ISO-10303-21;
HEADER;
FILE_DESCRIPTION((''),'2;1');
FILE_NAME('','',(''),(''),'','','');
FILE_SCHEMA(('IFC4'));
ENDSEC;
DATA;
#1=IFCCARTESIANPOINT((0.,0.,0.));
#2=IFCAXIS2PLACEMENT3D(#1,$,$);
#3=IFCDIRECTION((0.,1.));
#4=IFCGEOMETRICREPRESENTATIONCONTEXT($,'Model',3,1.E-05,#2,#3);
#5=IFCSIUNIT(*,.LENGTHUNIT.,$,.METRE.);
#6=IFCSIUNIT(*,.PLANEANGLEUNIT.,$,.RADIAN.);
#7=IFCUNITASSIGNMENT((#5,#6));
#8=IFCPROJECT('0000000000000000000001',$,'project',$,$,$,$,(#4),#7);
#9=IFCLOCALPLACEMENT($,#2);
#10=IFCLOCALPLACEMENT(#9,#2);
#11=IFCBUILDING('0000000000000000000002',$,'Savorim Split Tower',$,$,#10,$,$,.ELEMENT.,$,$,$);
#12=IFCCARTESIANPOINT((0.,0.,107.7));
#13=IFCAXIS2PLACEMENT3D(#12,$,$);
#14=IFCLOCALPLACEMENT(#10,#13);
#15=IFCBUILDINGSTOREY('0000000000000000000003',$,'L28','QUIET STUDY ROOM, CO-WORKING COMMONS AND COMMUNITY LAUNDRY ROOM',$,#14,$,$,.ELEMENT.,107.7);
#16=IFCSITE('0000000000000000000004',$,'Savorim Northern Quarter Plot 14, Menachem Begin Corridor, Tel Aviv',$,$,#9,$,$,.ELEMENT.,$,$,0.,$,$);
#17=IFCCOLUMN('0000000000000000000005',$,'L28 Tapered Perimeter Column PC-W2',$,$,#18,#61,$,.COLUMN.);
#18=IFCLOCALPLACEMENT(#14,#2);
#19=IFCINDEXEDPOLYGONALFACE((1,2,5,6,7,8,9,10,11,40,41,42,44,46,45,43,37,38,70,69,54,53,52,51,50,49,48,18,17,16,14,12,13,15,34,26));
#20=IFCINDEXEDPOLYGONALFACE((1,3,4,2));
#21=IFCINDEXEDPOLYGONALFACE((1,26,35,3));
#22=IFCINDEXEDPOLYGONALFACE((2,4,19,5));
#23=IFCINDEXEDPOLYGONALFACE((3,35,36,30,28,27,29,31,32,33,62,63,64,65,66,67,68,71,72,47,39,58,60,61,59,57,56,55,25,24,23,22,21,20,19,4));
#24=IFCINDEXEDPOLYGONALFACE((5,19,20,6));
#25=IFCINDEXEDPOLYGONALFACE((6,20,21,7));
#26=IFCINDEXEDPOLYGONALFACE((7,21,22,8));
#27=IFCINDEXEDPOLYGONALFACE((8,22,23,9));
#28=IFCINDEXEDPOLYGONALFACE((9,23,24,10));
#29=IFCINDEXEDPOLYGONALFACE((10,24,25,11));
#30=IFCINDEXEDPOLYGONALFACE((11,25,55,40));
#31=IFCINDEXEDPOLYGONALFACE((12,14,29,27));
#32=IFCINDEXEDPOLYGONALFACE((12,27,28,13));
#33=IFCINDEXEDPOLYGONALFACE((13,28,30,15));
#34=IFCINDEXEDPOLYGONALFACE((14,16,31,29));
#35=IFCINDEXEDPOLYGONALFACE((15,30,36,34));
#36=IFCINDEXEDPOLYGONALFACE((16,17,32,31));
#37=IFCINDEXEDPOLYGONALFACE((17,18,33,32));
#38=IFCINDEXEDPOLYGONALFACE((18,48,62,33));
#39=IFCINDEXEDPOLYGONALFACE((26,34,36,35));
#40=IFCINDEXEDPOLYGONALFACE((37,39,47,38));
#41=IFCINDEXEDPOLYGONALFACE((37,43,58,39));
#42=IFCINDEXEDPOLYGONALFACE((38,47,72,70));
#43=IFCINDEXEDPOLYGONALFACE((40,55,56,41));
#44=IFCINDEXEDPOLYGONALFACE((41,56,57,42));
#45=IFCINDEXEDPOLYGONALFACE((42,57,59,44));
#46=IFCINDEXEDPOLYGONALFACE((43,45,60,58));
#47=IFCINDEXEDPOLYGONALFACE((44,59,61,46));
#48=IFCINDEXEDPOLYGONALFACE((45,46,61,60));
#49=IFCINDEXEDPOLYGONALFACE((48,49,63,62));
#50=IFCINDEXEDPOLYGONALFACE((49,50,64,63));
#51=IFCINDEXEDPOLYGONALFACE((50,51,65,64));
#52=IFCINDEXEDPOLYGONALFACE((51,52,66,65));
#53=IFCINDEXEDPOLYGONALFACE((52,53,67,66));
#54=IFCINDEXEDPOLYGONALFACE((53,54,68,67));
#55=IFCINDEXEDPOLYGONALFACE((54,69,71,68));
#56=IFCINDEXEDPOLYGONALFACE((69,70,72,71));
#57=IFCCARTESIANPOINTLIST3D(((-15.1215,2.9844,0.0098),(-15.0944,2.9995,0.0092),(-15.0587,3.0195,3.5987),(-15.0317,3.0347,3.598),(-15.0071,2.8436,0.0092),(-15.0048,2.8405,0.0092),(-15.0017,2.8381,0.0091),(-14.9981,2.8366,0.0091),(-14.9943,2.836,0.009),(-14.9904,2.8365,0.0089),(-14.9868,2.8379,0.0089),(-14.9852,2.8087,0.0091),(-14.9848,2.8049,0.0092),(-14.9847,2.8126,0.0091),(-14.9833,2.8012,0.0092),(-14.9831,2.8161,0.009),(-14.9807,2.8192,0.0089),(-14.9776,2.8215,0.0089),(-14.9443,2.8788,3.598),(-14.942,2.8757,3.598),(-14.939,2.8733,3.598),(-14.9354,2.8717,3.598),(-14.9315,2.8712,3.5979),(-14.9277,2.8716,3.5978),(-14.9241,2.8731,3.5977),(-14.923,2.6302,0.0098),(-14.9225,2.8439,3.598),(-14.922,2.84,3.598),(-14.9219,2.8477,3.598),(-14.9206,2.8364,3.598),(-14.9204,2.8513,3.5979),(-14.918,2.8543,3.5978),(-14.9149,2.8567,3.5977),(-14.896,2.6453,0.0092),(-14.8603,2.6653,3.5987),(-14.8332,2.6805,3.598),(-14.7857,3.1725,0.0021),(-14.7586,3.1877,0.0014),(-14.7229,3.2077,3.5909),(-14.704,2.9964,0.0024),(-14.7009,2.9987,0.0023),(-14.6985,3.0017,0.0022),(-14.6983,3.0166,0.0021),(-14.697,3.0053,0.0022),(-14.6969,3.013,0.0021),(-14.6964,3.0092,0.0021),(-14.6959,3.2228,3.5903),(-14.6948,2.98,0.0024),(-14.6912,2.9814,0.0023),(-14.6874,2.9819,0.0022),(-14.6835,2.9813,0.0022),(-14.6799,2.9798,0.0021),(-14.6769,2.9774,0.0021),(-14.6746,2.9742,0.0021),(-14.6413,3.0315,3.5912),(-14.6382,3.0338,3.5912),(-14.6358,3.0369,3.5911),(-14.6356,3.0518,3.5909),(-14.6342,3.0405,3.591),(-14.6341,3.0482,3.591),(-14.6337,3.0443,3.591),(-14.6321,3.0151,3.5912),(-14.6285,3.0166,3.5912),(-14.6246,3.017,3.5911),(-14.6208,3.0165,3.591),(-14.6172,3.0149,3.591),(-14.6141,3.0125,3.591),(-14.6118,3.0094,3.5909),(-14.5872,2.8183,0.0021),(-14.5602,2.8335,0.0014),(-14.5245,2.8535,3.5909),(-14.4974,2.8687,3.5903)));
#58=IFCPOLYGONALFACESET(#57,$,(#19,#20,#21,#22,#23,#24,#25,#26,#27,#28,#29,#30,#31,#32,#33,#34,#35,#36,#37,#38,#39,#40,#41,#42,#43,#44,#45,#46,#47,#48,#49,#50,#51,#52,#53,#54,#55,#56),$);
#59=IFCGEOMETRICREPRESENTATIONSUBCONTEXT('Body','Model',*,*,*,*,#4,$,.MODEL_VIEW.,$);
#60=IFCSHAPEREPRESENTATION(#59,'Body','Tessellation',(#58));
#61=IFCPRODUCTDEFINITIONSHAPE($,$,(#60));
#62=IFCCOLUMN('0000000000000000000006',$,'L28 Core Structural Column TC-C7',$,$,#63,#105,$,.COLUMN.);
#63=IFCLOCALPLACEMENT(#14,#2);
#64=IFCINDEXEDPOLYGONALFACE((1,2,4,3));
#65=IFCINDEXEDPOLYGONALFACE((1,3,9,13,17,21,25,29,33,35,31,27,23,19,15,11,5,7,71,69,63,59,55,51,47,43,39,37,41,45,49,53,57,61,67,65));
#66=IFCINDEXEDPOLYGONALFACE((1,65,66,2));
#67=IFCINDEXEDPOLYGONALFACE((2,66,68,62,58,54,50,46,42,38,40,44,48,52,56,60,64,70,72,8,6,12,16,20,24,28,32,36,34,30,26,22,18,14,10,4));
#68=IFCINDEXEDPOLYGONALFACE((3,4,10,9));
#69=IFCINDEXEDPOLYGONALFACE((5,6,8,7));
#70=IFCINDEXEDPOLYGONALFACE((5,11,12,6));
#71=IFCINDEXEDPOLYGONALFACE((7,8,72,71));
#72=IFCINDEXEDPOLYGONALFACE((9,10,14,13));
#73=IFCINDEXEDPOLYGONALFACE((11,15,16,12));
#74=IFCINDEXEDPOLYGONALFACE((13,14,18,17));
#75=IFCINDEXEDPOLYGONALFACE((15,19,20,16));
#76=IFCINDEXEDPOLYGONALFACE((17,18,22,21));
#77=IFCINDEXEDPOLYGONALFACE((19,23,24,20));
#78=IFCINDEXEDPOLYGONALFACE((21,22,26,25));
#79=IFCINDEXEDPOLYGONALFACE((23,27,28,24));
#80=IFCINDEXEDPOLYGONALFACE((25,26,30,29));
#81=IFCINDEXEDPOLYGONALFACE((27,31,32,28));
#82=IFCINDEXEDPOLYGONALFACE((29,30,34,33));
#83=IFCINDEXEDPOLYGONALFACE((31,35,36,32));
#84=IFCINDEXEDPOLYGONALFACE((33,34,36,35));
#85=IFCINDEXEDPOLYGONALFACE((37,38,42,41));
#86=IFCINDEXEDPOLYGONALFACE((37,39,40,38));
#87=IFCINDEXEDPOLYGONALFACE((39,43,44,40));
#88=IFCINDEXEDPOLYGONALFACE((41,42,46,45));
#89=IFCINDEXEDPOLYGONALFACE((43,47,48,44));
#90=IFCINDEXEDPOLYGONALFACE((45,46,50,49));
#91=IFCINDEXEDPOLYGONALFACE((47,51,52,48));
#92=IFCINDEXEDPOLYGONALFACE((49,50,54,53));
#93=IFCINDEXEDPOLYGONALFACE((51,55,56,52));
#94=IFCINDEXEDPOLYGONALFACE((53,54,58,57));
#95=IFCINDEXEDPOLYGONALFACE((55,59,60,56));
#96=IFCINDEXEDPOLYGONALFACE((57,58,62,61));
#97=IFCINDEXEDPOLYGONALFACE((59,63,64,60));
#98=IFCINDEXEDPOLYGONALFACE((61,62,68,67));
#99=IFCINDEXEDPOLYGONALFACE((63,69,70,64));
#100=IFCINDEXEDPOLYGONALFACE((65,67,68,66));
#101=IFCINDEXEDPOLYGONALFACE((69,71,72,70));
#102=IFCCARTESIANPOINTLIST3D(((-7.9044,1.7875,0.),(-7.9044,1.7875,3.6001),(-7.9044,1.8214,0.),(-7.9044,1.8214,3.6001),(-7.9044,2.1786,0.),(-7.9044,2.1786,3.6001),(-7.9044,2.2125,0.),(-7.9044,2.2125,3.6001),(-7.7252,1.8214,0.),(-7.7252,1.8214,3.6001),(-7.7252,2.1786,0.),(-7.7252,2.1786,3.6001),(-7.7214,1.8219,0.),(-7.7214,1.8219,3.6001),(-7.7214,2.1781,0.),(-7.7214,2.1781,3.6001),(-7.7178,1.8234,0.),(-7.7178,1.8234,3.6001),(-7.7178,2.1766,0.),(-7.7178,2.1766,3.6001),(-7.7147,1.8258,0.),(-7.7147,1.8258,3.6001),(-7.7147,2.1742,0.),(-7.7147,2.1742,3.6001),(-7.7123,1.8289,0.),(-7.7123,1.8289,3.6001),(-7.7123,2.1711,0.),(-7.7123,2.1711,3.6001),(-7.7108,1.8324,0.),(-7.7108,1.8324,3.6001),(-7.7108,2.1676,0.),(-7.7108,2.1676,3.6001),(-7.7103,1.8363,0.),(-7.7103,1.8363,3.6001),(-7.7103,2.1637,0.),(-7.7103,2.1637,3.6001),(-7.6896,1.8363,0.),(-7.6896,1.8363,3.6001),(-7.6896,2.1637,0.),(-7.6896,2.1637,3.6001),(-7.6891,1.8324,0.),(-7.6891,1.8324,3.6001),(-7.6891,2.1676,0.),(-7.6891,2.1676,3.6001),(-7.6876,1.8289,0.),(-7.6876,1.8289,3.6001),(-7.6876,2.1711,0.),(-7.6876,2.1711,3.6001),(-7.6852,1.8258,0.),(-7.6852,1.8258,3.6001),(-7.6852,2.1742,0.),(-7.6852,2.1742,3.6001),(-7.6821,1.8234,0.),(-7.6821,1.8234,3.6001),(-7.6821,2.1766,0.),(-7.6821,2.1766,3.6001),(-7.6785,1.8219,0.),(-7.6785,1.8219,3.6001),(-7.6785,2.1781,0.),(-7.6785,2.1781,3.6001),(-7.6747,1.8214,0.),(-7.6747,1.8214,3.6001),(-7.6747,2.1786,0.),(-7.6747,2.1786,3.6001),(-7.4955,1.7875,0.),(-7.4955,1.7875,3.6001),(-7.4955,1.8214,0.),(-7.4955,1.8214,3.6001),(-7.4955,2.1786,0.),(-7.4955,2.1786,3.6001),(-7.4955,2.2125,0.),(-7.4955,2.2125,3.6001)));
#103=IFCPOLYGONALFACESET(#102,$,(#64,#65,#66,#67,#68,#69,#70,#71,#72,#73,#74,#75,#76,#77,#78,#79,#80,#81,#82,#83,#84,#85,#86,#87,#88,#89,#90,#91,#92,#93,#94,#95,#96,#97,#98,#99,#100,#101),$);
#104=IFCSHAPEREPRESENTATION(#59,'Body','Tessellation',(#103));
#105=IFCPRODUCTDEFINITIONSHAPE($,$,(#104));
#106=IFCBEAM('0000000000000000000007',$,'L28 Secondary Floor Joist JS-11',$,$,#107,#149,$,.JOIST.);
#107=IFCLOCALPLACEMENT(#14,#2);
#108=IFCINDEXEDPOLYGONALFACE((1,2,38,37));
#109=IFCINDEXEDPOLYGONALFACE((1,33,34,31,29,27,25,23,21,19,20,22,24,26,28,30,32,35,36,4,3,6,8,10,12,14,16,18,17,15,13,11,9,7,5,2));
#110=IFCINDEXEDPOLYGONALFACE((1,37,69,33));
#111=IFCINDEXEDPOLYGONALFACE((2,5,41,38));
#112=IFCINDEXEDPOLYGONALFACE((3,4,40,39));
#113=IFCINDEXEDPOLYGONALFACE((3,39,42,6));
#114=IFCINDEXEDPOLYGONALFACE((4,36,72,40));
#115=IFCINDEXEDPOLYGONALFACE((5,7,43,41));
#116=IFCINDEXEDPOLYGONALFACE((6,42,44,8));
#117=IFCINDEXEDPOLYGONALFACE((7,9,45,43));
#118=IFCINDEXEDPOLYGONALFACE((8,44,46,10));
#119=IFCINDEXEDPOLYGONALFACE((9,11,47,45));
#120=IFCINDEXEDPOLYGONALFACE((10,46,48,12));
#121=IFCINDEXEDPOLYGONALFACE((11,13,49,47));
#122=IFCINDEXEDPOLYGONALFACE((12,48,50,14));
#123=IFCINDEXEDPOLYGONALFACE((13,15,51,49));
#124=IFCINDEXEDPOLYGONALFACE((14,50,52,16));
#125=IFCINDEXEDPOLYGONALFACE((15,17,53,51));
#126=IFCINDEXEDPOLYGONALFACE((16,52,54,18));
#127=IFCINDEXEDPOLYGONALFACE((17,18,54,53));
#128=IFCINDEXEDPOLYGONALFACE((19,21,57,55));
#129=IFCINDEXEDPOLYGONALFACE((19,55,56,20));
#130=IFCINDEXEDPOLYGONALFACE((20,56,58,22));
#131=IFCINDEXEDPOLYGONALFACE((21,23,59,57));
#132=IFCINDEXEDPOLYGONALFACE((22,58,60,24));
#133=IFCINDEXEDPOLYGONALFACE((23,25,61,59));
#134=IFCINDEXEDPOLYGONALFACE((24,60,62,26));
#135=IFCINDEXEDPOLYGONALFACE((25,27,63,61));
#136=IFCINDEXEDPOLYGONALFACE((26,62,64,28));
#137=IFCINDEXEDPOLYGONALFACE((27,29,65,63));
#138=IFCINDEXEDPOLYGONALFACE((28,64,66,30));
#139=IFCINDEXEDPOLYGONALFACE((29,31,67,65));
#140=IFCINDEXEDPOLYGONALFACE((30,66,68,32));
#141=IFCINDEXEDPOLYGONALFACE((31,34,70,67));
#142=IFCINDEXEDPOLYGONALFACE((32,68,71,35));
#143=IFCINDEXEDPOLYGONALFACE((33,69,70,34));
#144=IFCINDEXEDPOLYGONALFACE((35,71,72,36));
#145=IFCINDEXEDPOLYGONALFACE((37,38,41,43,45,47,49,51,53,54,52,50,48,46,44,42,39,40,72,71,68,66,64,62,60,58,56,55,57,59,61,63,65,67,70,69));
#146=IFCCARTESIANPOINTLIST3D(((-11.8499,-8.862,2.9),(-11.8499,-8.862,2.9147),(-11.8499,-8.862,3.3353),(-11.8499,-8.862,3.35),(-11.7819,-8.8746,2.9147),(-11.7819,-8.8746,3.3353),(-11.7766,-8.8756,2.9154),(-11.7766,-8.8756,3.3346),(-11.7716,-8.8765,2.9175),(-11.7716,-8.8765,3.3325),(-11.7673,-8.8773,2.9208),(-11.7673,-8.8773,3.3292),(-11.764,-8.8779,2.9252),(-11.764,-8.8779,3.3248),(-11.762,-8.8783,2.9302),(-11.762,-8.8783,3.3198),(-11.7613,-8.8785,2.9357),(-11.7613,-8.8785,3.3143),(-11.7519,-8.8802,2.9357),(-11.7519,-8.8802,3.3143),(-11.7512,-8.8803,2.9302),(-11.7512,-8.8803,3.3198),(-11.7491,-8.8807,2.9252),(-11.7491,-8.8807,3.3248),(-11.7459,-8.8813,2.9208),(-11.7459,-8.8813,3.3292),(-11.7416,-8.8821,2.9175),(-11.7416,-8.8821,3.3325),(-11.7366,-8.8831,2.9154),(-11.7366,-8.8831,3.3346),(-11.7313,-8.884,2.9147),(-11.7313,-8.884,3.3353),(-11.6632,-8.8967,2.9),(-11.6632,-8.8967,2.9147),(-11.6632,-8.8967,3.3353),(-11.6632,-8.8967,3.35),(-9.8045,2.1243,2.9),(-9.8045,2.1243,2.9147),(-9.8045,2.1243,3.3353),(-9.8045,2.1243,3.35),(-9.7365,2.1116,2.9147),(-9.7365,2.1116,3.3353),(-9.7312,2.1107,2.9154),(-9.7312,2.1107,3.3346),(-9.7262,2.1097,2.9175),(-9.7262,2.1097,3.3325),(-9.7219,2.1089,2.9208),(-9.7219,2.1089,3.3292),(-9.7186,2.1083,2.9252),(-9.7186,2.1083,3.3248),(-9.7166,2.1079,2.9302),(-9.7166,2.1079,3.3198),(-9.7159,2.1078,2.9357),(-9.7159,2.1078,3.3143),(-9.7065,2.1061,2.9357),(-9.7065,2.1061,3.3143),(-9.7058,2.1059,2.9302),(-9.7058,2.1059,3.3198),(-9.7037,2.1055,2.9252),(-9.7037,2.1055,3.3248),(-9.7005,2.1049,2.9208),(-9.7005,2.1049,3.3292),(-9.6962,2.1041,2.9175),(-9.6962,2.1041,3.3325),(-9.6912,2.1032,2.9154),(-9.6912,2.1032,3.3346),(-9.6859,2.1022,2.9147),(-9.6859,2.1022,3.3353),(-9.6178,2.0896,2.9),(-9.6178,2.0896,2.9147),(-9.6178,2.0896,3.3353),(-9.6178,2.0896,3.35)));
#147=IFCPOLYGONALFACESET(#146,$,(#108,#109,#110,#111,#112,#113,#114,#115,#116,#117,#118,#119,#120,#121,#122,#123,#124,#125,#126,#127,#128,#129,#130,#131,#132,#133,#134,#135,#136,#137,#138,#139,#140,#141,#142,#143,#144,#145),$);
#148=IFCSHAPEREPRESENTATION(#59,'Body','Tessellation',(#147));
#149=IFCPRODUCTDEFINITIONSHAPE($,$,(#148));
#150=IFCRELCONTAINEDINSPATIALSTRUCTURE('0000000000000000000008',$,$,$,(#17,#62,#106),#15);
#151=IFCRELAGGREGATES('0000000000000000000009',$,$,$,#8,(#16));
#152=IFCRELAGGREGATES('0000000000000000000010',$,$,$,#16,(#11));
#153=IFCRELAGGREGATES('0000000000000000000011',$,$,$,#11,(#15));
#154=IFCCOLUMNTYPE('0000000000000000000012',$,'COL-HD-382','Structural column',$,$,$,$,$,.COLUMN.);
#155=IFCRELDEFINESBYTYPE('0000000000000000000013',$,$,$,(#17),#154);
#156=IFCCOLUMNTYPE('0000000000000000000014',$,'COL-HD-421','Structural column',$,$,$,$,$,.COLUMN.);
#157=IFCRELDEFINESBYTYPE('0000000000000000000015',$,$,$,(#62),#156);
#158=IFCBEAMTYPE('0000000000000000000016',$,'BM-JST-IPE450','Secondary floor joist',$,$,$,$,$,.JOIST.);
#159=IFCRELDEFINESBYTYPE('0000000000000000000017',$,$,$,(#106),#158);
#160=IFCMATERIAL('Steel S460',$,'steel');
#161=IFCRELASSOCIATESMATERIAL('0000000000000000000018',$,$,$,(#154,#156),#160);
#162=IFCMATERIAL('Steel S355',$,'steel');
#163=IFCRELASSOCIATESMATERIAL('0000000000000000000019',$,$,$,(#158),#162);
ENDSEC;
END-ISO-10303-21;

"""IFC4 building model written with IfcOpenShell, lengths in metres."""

from ifc_helpers import new_model, si_unit, direction, frame, origin, origin_2d, place, context, subcontext, project, spatial, i_section, extrude, material, material_profile, profile_set, type_object, element, save


model = new_model("IFC4")

# Units and contexts
model_context = context("Model", 3, precision=1e-05, world=origin(), true_north=direction((0.0, 1.0)))
body_context = subcontext(model_context, "Body", "Model", "MODEL_VIEW")
ifc_project = project(units=[si_unit("LENGTHUNIT", "METRE"), si_unit("PLANEANGLEUNIT", "RADIAN")], contexts=[model_context])

# Site, building, storey
site_placement = place(None, origin())
site = spatial("IfcSite", under=ifc_project, at=site_placement, Name="Savorim Northern Quarter Plot 14, Menachem Begin Corridor, Tel Aviv", CompositionType="ELEMENT", RefElevation=0.0)
building_placement = place(site_placement, origin())
building = spatial("IfcBuilding", under=site, at=building_placement, Name="Savorim Split Tower", CompositionType="ELEMENT")
storey_placement = place(building_placement, frame((0.0, 0.0, 107.7)))
storey = spatial("IfcBuildingStorey", under=building, at=storey_placement, Name="L28", Description="QUIET STUDY ROOM, CO-WORKING COMMONS AND COMMUNITY LAUNDRY ROOM", CompositionType="ELEMENT", Elevation=107.7)

# Columns
ifc_material_1 = material(Name="Steel S460", Category="steel")
ifc_material_profile_1 = material_profile(ifc_material_1, i_section(OverallWidth=0.406, OverallDepth=0.416, WebThickness=0.0188, FlangeThickness=0.031, FilletRadius=0.0149, at=origin_2d()), Name="HD 400x382")
ifc_profile_set_1 = profile_set([ifc_material_profile_1], Name="Steel S460")
column_type_1 = type_object("IfcColumnType", Name="COL-HD-382", Description="Structural column", PredefinedType="COLUMN", material=ifc_profile_set_1)
column_1_placement = place(storey_placement, frame((-14.8408, 2.9089, 0.0056), z_axis=(0.017479, 0.009794, 0.999799), x_axis=(-0.48881, 0.87239, 0.0)))
element("IfcColumn", 1, at=column_1_placement, inside=storey, type_object=column_type_1, Name="L28 Tapered Perimeter Column PC-W2", PredefinedType="COLUMN", context=body_context, shape_type="SweptSolid", body=[
    extrude(i_section(OverallWidth=0.406, OverallDepth=0.416, WebThickness=0.0188, FlangeThickness=0.031, FilletRadius=0.0149, at=origin_2d()), origin(), (0.0, 0.0, 1.0), 3.5896),
])
ifc_material_profile_2 = material_profile(ifc_material_1, i_section(OverallWidth=0.4089, OverallDepth=0.425, WebThickness=0.0208, FlangeThickness=0.0339, FilletRadius=0.0149, at=origin_2d()), Name="HD 400x421")
ifc_profile_set_2 = profile_set([ifc_material_profile_2], Name="Steel S460")
column_type_2 = type_object("IfcColumnType", Name="COL-HD-421", Description="Structural column", PredefinedType="COLUMN", material=ifc_profile_set_2)
column_2_placement = place(storey_placement, frame((-7.7, 2.0, 0.0), z_axis=(0.0, 0.0, 1.0), x_axis=(1.0, 0.0, 0.0)))
element("IfcColumn", 2, at=column_2_placement, inside=storey, type_object=column_type_2, Name="L28 Core Structural Column TC-C7", PredefinedType="COLUMN", context=body_context, shape_type="SweptSolid", body=[
    extrude(i_section(OverallWidth=0.4089, OverallDepth=0.425, WebThickness=0.0208, FlangeThickness=0.0339, FilletRadius=0.0149, at=origin_2d()), origin(), (0.0, 0.0, 1.0), 3.6001),
])

# Beam
ifc_material_2 = material(Name="Steel S355", Category="steel")
ifc_material_profile_3 = material_profile(ifc_material_2, i_section(OverallWidth=0.1899, OverallDepth=0.45, WebThickness=0.0095, FlangeThickness=0.0146, FilletRadius=0.021, at=origin_2d()), Name="IPE 450")
ifc_profile_set_3 = profile_set([ifc_material_profile_3], Name="Steel S355")
beam_type_1 = type_object("IfcBeamType", Name="BM-JST-IPE450", Description="Secondary floor joist", PredefinedType="JOIST", material=ifc_profile_set_3)
beam_1_placement = place(storey_placement, frame((-9.7112, 2.1069, 3.125), z_axis=(-0.183033, -0.983107, 0.0), x_axis=(0.983107, -0.183033, 0.0)))
element("IfcBeam", 3, at=beam_1_placement, inside=storey, type_object=beam_type_1, Name="L28 Secondary Floor Joist JS-11", PredefinedType="JOIST", context=body_context, shape_type="SweptSolid", body=[
    extrude(i_section(OverallWidth=0.1899, OverallDepth=0.45, WebThickness=0.0095, FlangeThickness=0.0146, FilletRadius=0.021, at=origin_2d()), origin(), (0.0, 0.0, 1.0), 11.175),
])

save(model, "model.ifc")
